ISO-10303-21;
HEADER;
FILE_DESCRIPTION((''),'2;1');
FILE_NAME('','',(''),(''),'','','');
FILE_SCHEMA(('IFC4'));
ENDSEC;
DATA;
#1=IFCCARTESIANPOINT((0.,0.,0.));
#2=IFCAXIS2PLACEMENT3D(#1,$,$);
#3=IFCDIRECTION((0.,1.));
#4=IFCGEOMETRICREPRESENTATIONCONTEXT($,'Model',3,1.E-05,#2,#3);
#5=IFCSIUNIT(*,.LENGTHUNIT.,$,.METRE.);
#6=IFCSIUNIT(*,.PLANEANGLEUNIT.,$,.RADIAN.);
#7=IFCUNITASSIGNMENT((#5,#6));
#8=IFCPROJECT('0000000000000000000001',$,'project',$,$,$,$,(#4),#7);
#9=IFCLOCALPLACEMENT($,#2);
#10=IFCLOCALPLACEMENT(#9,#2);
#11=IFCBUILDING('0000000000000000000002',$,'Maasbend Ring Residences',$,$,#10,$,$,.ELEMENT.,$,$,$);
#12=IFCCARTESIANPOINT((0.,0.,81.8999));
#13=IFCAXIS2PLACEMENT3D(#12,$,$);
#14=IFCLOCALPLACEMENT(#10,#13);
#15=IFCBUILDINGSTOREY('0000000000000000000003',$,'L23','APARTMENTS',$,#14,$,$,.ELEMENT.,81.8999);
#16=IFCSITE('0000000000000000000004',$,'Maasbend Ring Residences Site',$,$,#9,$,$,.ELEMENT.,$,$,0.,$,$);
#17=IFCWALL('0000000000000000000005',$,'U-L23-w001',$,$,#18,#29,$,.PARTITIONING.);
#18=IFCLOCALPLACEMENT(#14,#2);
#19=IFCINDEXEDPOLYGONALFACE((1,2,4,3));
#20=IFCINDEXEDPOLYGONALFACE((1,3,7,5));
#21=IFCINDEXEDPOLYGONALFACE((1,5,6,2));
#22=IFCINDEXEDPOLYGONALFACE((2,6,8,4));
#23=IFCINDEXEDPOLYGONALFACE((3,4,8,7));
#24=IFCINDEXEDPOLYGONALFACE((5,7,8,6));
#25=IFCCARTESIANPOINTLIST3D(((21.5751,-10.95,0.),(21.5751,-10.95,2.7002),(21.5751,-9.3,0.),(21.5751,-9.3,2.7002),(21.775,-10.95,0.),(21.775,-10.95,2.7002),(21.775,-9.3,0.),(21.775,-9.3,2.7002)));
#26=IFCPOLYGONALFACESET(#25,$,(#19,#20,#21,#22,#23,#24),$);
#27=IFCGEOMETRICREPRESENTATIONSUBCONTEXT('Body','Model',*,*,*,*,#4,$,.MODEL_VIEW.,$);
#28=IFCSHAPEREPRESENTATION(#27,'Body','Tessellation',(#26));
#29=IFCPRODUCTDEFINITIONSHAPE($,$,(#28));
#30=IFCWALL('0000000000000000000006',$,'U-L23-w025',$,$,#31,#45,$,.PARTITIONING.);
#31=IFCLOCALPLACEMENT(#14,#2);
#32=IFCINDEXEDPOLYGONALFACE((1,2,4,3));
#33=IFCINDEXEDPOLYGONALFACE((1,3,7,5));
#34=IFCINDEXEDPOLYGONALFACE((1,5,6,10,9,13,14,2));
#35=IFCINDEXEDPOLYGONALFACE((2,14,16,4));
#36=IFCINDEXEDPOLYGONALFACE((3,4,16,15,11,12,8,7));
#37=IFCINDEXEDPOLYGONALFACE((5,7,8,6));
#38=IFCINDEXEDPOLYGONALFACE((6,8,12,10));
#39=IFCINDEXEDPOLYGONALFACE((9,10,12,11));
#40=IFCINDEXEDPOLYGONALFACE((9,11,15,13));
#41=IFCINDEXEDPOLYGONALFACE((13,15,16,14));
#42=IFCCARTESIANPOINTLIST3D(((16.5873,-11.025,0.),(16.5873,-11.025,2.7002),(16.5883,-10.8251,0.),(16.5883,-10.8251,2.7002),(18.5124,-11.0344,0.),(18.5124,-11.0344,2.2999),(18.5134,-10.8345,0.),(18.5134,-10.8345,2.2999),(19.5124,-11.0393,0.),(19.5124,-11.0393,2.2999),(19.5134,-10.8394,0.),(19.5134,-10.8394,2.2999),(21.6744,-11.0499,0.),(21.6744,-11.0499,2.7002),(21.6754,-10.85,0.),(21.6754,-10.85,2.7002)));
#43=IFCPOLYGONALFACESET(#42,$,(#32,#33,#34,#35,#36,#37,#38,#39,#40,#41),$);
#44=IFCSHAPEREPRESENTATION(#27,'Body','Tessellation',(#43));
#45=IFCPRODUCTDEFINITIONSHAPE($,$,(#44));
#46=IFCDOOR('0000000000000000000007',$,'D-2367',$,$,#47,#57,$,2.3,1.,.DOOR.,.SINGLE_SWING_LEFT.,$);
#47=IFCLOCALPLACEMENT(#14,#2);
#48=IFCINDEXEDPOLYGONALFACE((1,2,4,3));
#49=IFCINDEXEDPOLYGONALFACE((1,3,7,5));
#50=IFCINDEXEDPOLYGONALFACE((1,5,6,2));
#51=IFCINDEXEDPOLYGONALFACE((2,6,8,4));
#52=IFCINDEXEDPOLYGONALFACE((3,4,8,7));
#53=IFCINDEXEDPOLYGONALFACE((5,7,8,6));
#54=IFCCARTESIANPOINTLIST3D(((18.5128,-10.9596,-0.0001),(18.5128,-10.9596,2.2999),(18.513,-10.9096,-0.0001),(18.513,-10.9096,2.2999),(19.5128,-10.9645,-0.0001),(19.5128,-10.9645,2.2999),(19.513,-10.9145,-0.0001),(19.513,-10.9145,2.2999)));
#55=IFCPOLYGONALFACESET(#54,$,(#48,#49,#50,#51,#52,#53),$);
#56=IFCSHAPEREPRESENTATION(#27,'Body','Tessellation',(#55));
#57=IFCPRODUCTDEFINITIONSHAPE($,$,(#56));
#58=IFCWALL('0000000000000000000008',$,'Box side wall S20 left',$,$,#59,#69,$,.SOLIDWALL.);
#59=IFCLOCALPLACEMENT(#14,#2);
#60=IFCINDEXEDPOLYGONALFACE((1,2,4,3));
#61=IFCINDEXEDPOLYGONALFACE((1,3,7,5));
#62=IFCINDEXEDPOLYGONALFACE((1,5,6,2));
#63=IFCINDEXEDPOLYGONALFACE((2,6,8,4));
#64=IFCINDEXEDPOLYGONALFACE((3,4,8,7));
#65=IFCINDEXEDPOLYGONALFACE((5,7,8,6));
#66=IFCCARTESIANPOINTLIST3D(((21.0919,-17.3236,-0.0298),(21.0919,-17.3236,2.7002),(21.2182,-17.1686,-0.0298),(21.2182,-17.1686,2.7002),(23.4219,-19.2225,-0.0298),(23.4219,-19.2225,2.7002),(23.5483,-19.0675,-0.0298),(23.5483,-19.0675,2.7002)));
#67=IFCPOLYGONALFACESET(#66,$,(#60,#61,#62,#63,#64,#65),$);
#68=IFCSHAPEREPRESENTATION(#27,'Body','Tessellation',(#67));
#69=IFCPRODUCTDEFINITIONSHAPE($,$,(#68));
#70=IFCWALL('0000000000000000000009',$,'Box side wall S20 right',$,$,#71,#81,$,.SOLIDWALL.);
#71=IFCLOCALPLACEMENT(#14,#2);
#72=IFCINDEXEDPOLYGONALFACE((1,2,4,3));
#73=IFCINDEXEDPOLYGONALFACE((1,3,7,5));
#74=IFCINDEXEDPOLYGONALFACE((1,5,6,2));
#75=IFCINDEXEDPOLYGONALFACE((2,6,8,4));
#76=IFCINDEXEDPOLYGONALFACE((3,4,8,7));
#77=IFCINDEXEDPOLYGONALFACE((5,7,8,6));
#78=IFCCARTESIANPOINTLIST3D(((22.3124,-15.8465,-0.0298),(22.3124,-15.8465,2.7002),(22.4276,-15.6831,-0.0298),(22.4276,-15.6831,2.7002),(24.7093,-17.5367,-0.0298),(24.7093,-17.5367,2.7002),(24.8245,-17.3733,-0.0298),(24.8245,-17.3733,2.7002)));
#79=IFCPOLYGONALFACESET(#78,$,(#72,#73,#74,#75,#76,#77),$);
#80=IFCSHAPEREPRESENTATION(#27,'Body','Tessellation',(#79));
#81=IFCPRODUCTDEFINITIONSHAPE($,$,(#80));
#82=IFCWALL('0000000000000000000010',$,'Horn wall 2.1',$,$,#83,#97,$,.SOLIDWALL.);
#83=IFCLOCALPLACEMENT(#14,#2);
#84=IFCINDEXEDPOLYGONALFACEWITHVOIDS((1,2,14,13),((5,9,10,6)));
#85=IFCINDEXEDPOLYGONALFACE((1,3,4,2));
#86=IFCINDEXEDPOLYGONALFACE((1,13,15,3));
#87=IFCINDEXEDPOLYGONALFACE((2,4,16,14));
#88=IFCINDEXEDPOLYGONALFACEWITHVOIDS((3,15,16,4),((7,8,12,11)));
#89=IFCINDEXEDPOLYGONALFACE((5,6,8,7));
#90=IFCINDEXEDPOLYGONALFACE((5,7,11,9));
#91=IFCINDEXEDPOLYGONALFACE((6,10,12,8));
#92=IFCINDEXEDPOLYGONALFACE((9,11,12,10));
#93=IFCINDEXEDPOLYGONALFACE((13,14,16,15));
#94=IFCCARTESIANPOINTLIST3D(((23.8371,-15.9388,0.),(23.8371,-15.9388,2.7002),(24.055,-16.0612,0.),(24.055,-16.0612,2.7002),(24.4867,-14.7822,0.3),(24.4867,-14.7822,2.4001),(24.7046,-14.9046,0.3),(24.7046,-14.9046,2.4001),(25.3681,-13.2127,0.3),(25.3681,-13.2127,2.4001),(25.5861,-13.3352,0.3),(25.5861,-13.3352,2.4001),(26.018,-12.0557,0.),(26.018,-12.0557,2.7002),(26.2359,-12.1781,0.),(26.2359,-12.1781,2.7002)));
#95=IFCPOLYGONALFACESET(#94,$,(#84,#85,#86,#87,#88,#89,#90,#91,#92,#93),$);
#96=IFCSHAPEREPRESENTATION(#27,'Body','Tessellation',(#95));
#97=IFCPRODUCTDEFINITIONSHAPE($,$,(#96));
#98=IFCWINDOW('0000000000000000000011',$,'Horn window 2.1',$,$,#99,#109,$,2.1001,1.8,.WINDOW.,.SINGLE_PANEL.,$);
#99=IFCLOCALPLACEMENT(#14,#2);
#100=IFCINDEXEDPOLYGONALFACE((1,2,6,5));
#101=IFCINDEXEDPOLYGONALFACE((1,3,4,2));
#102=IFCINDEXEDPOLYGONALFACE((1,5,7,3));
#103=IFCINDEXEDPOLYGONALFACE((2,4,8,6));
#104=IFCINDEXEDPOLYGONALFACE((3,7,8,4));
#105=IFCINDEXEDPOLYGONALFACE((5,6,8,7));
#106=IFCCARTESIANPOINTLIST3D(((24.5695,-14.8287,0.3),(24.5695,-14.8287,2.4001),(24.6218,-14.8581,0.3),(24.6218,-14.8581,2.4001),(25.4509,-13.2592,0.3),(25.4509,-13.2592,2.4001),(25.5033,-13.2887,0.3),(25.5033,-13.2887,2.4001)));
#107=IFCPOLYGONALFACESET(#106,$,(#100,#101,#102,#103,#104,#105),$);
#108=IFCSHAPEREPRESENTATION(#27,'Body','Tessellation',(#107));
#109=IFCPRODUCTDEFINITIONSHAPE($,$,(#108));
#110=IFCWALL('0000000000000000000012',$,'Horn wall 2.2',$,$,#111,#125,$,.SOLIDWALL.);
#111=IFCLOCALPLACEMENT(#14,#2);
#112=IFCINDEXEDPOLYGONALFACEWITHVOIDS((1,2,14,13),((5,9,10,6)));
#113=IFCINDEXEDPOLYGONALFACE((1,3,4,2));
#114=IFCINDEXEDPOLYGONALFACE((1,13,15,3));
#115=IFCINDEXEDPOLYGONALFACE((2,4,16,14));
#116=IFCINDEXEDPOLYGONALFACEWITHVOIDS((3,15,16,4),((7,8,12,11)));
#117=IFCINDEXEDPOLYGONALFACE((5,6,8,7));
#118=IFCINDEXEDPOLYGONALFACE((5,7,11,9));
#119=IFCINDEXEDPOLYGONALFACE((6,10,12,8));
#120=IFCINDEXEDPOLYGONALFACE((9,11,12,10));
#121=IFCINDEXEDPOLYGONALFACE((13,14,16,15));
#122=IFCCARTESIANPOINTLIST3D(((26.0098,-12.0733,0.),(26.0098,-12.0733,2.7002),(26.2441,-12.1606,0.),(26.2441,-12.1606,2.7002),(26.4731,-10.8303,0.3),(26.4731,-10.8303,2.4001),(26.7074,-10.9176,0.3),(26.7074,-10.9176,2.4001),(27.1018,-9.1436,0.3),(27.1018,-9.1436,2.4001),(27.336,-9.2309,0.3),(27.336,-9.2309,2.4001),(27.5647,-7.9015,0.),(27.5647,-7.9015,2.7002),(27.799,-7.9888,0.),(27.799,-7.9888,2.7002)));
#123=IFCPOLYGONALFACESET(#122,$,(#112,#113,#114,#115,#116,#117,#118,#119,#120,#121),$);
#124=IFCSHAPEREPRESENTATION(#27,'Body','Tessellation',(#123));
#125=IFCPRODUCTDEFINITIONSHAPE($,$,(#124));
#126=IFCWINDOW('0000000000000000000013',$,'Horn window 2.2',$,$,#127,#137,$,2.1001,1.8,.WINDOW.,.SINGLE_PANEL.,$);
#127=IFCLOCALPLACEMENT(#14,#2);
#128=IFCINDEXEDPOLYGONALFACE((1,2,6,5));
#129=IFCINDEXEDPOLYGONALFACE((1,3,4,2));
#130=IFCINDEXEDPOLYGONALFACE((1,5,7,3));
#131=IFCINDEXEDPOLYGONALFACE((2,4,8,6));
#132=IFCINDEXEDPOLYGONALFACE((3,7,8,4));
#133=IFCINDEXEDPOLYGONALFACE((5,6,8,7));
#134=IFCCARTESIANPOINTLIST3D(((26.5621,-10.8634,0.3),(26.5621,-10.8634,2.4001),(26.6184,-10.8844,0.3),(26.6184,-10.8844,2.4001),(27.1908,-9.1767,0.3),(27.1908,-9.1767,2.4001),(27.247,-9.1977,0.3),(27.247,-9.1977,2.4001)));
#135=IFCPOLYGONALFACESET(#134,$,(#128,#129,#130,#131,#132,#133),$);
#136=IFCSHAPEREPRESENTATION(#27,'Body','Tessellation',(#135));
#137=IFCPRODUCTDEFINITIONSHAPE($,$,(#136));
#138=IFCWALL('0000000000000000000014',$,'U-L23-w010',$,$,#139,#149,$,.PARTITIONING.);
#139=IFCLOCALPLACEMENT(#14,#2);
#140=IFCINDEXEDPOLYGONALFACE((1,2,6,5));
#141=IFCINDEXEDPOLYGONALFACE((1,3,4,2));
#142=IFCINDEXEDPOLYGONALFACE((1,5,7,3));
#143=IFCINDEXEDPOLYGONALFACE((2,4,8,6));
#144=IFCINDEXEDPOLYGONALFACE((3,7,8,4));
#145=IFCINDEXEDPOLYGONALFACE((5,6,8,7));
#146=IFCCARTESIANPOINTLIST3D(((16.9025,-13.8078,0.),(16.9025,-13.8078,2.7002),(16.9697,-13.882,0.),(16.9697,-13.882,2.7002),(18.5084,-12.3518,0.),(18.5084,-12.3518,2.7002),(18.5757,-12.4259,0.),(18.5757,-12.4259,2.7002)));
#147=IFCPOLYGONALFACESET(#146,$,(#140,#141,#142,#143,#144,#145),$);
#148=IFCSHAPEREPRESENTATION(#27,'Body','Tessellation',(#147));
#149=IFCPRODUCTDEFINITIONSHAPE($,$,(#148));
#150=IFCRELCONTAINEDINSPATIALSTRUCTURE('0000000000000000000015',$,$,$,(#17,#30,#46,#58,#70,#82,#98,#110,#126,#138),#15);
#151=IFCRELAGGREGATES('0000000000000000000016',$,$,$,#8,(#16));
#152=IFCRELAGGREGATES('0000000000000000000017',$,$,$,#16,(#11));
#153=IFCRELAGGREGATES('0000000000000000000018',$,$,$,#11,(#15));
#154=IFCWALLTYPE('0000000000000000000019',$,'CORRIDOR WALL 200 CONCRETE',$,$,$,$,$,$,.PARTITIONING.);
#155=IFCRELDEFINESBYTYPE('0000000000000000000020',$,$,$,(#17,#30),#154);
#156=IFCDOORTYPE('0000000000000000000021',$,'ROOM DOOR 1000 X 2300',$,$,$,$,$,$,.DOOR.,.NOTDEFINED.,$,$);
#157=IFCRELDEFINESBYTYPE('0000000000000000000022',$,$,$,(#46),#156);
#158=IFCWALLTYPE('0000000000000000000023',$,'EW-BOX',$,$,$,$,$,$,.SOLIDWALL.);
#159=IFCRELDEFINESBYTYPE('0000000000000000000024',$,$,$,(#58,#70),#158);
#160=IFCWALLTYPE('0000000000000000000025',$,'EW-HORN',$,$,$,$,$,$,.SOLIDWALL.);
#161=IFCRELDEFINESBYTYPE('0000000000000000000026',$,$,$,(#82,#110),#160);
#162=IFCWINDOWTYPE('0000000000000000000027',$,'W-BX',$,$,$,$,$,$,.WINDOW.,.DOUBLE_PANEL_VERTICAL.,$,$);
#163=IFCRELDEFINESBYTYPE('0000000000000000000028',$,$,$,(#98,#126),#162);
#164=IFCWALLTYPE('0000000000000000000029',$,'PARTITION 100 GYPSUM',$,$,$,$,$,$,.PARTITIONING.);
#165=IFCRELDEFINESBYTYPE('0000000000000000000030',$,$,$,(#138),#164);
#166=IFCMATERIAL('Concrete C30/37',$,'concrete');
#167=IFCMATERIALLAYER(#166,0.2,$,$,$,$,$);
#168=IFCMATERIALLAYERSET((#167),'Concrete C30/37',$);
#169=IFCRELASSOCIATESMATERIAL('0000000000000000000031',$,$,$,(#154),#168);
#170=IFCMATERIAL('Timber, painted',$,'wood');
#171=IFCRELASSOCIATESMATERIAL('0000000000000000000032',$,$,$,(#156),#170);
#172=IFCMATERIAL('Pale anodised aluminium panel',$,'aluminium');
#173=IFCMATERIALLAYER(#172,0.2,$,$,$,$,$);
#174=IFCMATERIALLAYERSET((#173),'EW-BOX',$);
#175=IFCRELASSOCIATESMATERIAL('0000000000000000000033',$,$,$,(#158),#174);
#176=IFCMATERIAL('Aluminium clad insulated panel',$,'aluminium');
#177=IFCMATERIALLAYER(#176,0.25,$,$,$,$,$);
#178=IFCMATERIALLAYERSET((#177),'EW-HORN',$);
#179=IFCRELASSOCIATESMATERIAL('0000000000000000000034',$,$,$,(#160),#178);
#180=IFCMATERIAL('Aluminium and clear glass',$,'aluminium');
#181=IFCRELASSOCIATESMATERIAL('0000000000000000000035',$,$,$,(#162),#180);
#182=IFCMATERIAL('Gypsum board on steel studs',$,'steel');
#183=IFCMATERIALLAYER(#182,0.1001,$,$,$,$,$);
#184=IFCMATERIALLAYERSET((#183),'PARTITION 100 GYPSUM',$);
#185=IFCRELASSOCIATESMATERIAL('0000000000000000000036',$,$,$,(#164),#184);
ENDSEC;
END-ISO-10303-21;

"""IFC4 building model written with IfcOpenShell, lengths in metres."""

from ifc_helpers import new_model, si_unit, direction, frame, frame_2d, origin, place, context, subcontext, project, spatial, rectangle, extrude, material, layer, layer_set, type_object, element, fill, save


model = new_model("IFC4")

# Units and contexts
model_context = context("Model", 3, precision=1e-05, world=origin(), true_north=direction((0.0, 1.0)))
body_context = subcontext(model_context, "Body", "Model", "MODEL_VIEW")
ifc_project = project(units=[si_unit("LENGTHUNIT", "METRE"), si_unit("PLANEANGLEUNIT", "RADIAN")], contexts=[model_context])

# Site, building, storey
site_placement = place(None, origin())
site = spatial("IfcSite", under=ifc_project, at=site_placement, Name="Maasbend Ring Residences Site", CompositionType="ELEMENT", RefElevation=0.0)
building_placement = place(site_placement, origin())
building = spatial("IfcBuilding", under=site, at=building_placement, Name="Maasbend Ring Residences", CompositionType="ELEMENT")
storey_placement = place(building_placement, frame((0.0, 0.0, 81.8999)))
storey = spatial("IfcBuildingStorey", under=building, at=storey_placement, Name="L23", Description="APARTMENTS", CompositionType="ELEMENT", Elevation=81.8999)

# Wall
ifc_material_1 = material(Name="Concrete C30/37", Category="concrete")
ifc_layer_1 = layer(ifc_material_1, 0.2)
ifc_layer_set_1 = layer_set([ifc_layer_1], Name="Concrete C30/37")
wall_type_1 = type_object("IfcWallType", Name="CORRIDOR WALL 200 CONCRETE", PredefinedType="PARTITIONING", material=ifc_layer_set_1)
wall_1_placement = place(storey_placement, frame((21.675, -10.95, 0.0), z_axis=(0.0, 0.0, 1.0), x_axis=(0.0, 1.0, 0.0)))
element("IfcWall", 1, at=wall_1_placement, inside=storey, type_object=wall_type_1, Name="U-L23-w001", PredefinedType="PARTITIONING", context=body_context, shape_type="SweptSolid", body=[
    extrude(rectangle(XDim=1.6499, YDim=0.2, at=frame_2d((0.825, 0.0))), origin(), (0.0, 0.0, 1.0), 2.7002),
])

# Wall, opening, door
wall_2_placement = place(storey_placement, frame((16.5879, -10.925, 0.0), z_axis=(0.0, 0.0, 1.0), x_axis=(0.999988, -0.004895, 0.0)))
wall_2 = element("IfcWall", 2, at=wall_2_placement, inside=storey, type_object=wall_type_1, Name="U-L23-w025", PredefinedType="PARTITIONING", context=body_context, shape_type="SweptSolid", body=[
    extrude(rectangle(XDim=5.0872, YDim=0.2, at=frame_2d((2.5435, 0.0))), origin(), (0.0, 0.0, 1.0), 2.7002),
])
opening_1_placement = place(wall_2_placement, frame((1.925, 0.0, 0.0)))
opening_1 = element("IfcOpeningElement", 3, at=opening_1_placement, cuts=wall_2, PredefinedType="OPENING", context=body_context, shape_type="SweptSolid", body=[
    extrude(rectangle(XDim=1.0, YDim=2.3, at=frame_2d((0.5, 1.1499))), frame((0.0, 0.1099, 0.0), z_axis=(0.0, -1.0, 0.0), x_axis=(1.0, 0.0, 0.0)), (0.0, 0.0, 1.0), 0.22),
])
ifc_material_2 = material(Name="Timber, painted", Category="wood")
door_type_1 = type_object("IfcDoorType", Name="ROOM DOOR 1000 X 2300", OperationType="NOTDEFINED", PredefinedType="DOOR", material=ifc_material_2)
door_1_placement = place(opening_1_placement, origin())
door_1 = element("IfcDoor", 4, at=door_1_placement, inside=storey, type_object=door_type_1, Name="D-2367", OperationType="SINGLE_SWING_LEFT", OverallHeight=2.3, OverallWidth=1.0, PredefinedType="DOOR", context=body_context, shape_type="SweptSolid", body=[
    extrude(rectangle(XDim=1.0, YDim=2.3, at=frame_2d((0.5, 1.1499))), frame((0.0, 0.0249, 0.0), z_axis=(0.0, -1.0, 0.0), x_axis=(1.0, 0.0, 0.0)), (0.0, 0.0, 1.0), 0.05),
])
fill(opening_1, door_1)

# Walls
ifc_material_3 = material(Name="Pale anodised aluminium panel", Category="aluminium")
ifc_layer_2 = layer(ifc_material_3, 0.2)
ifc_layer_set_2 = layer_set([ifc_layer_2], Name="EW-BOX")
wall_type_2 = type_object("IfcWallType", Name="EW-BOX", PredefinedType="SOLIDWALL", material=ifc_layer_set_2)
wall_3_placement = place(storey_placement, frame((21.155, -17.2461, -0.0298), z_axis=(0.0, 0.0, 1.0), x_axis=(0.775179, -0.631742, 0.0)))
element("IfcWall", 5, at=wall_3_placement, inside=storey, type_object=wall_type_2, Name="Box side wall S20 left", PredefinedType="SOLIDWALL", context=body_context, shape_type="SweptSolid", body=[
    extrude(rectangle(XDim=3.0059, YDim=0.2, at=frame_2d((1.5029, 0.0))), origin(), (0.0, 0.0, 1.0), 2.73),
])
wall_4_placement = place(storey_placement, frame((22.3701, -15.7649, -0.0298), z_axis=(0.0, 0.0, 1.0), x_axis=(0.817256, -0.576275, 0.0)))
element("IfcWall", 6, at=wall_4_placement, inside=storey, type_object=wall_type_2, Name="Box side wall S20 right", PredefinedType="SOLIDWALL", context=body_context, shape_type="SweptSolid", body=[
    extrude(rectangle(XDim=2.9329, YDim=0.2, at=frame_2d((1.4663, 0.0))), origin(), (0.0, 0.0, 1.0), 2.73),
])

# Walls, openings, windows
ifc_material_4 = material(Name="Aluminium clad insulated panel", Category="aluminium")
ifc_layer_3 = layer(ifc_material_4, 0.25)
ifc_layer_set_3 = layer_set([ifc_layer_3], Name="EW-HORN")
wall_type_3 = type_object("IfcWallType", Name="EW-HORN", PredefinedType="SOLIDWALL", material=ifc_layer_set_3)
wall_5_placement = place(storey_placement, frame((23.946, -16.0, 0.0), z_axis=(0.0, 0.0, 1.0), x_axis=(0.489696, 0.871893, 0.0)))
wall_5 = element("IfcWall", 7, at=wall_5_placement, inside=storey, type_object=wall_type_3, Name="Horn wall 2.1", PredefinedType="SOLIDWALL", context=body_context, shape_type="SweptSolid", body=[
    extrude(rectangle(XDim=4.4536, YDim=0.25, at=frame_2d((2.2268, 0.0))), origin(), (0.0, 0.0, 1.0), 2.7002),
])
opening_2_placement = place(wall_5_placement, frame((1.3267, 0.0, 0.3)))
opening_2 = element("IfcOpeningElement", 8, at=opening_2_placement, cuts=wall_5, PredefinedType="OPENING", context=body_context, shape_type="SweptSolid", body=[
    extrude(rectangle(XDim=1.8, YDim=2.1001, at=frame_2d((0.8999, 1.05))), frame((0.0, 0.135, 0.0), z_axis=(0.0, -1.0, 0.0), x_axis=(1.0, 0.0, 0.0)), (0.0, 0.0, 1.0), 0.27),
])
ifc_material_5 = material(Name="Aluminium and clear glass", Category="aluminium")
window_type = type_object("IfcWindowType", Name="W-BX", PartitioningType="DOUBLE_PANEL_VERTICAL", PredefinedType="WINDOW", material=ifc_material_5)
window_1_placement = place(opening_2_placement, origin())
window_1 = element("IfcWindow", 9, at=window_1_placement, inside=storey, type_object=window_type, Name="Horn window 2.1", OverallHeight=2.1001, OverallWidth=1.8, PartitioningType="SINGLE_PANEL", PredefinedType="WINDOW", context=body_context, shape_type="SweptSolid", body=[
    extrude(rectangle(XDim=1.8, YDim=2.1001, at=frame_2d((0.8999, 1.05))), frame((0.0, 0.03, 0.0), z_axis=(0.0, -1.0, 0.0), x_axis=(1.0, 0.0, 0.0)), (0.0, 0.0, 1.0), 0.0601),
])
fill(opening_2, window_1)
wall_6_placement = place(storey_placement, frame((26.127, -12.1169, 0.0), z_axis=(0.0, 0.0, 1.0), x_axis=(0.349248, 0.93703, 0.0)))
wall_6 = element("IfcWall", 10, at=wall_6_placement, inside=storey, type_object=wall_type_3, Name="Horn wall 2.2", PredefinedType="SOLIDWALL", context=body_context, shape_type="SweptSolid", body=[
    extrude(rectangle(XDim=4.4521, YDim=0.25, at=frame_2d((2.2261, 0.0))), origin(), (0.0, 0.0, 1.0), 2.7002),
])
opening_3_placement = place(wall_6_placement, frame((1.3267, 0.0, 0.3)))
opening_3 = element("IfcOpeningElement", 11, at=opening_3_placement, cuts=wall_6, PredefinedType="OPENING", context=body_context, shape_type="SweptSolid", body=[
    extrude(rectangle(XDim=1.8, YDim=2.1001, at=frame_2d((0.8999, 1.05))), frame((0.0, 0.135, 0.0), z_axis=(0.0, -1.0, 0.0), x_axis=(1.0, 0.0, 0.0)), (0.0, 0.0, 1.0), 0.27),
])
window_2_placement = place(opening_3_placement, origin())
window_2 = element("IfcWindow", 12, at=window_2_placement, inside=storey, type_object=window_type, Name="Horn window 2.2", OverallHeight=2.1001, OverallWidth=1.8, PartitioningType="SINGLE_PANEL", PredefinedType="WINDOW", context=body_context, shape_type="SweptSolid", body=[
    extrude(rectangle(XDim=1.8, YDim=2.1001, at=frame_2d((0.8999, 1.05))), frame((0.0, 0.03, 0.0), z_axis=(0.0, -1.0, 0.0), x_axis=(1.0, 0.0, 0.0)), (0.0, 0.0, 1.0), 0.0601),
])
fill(opening_3, window_2)

# Wall
ifc_material_6 = material(Name="Gypsum board on steel studs", Category="steel")
ifc_layer_4 = layer(ifc_material_6, 0.1001)
ifc_layer_set_4 = layer_set([ifc_layer_4], Name="PARTITION 100 GYPSUM")
wall_type_4 = type_object("IfcWallType", Name="PARTITION 100 GYPSUM", PredefinedType="PARTITIONING", material=ifc_layer_set_4)
wall_7_placement = place(storey_placement, frame((16.936, -13.845, 0.0), z_axis=(0.0, 0.0, 1.0), x_axis=(0.740836, 0.671686, 0.0)))
element("IfcWall", 13, at=wall_7_placement, inside=storey, type_object=wall_type_4, Name="U-L23-w010", PredefinedType="PARTITIONING", context=body_context, shape_type="SweptSolid", body=[
    extrude(rectangle(XDim=2.1677, YDim=0.1001, at=frame_2d((1.084, 0.0))), origin(), (0.0, 0.0, 1.0), 2.7002),
])

save(model, "model.ifc")
